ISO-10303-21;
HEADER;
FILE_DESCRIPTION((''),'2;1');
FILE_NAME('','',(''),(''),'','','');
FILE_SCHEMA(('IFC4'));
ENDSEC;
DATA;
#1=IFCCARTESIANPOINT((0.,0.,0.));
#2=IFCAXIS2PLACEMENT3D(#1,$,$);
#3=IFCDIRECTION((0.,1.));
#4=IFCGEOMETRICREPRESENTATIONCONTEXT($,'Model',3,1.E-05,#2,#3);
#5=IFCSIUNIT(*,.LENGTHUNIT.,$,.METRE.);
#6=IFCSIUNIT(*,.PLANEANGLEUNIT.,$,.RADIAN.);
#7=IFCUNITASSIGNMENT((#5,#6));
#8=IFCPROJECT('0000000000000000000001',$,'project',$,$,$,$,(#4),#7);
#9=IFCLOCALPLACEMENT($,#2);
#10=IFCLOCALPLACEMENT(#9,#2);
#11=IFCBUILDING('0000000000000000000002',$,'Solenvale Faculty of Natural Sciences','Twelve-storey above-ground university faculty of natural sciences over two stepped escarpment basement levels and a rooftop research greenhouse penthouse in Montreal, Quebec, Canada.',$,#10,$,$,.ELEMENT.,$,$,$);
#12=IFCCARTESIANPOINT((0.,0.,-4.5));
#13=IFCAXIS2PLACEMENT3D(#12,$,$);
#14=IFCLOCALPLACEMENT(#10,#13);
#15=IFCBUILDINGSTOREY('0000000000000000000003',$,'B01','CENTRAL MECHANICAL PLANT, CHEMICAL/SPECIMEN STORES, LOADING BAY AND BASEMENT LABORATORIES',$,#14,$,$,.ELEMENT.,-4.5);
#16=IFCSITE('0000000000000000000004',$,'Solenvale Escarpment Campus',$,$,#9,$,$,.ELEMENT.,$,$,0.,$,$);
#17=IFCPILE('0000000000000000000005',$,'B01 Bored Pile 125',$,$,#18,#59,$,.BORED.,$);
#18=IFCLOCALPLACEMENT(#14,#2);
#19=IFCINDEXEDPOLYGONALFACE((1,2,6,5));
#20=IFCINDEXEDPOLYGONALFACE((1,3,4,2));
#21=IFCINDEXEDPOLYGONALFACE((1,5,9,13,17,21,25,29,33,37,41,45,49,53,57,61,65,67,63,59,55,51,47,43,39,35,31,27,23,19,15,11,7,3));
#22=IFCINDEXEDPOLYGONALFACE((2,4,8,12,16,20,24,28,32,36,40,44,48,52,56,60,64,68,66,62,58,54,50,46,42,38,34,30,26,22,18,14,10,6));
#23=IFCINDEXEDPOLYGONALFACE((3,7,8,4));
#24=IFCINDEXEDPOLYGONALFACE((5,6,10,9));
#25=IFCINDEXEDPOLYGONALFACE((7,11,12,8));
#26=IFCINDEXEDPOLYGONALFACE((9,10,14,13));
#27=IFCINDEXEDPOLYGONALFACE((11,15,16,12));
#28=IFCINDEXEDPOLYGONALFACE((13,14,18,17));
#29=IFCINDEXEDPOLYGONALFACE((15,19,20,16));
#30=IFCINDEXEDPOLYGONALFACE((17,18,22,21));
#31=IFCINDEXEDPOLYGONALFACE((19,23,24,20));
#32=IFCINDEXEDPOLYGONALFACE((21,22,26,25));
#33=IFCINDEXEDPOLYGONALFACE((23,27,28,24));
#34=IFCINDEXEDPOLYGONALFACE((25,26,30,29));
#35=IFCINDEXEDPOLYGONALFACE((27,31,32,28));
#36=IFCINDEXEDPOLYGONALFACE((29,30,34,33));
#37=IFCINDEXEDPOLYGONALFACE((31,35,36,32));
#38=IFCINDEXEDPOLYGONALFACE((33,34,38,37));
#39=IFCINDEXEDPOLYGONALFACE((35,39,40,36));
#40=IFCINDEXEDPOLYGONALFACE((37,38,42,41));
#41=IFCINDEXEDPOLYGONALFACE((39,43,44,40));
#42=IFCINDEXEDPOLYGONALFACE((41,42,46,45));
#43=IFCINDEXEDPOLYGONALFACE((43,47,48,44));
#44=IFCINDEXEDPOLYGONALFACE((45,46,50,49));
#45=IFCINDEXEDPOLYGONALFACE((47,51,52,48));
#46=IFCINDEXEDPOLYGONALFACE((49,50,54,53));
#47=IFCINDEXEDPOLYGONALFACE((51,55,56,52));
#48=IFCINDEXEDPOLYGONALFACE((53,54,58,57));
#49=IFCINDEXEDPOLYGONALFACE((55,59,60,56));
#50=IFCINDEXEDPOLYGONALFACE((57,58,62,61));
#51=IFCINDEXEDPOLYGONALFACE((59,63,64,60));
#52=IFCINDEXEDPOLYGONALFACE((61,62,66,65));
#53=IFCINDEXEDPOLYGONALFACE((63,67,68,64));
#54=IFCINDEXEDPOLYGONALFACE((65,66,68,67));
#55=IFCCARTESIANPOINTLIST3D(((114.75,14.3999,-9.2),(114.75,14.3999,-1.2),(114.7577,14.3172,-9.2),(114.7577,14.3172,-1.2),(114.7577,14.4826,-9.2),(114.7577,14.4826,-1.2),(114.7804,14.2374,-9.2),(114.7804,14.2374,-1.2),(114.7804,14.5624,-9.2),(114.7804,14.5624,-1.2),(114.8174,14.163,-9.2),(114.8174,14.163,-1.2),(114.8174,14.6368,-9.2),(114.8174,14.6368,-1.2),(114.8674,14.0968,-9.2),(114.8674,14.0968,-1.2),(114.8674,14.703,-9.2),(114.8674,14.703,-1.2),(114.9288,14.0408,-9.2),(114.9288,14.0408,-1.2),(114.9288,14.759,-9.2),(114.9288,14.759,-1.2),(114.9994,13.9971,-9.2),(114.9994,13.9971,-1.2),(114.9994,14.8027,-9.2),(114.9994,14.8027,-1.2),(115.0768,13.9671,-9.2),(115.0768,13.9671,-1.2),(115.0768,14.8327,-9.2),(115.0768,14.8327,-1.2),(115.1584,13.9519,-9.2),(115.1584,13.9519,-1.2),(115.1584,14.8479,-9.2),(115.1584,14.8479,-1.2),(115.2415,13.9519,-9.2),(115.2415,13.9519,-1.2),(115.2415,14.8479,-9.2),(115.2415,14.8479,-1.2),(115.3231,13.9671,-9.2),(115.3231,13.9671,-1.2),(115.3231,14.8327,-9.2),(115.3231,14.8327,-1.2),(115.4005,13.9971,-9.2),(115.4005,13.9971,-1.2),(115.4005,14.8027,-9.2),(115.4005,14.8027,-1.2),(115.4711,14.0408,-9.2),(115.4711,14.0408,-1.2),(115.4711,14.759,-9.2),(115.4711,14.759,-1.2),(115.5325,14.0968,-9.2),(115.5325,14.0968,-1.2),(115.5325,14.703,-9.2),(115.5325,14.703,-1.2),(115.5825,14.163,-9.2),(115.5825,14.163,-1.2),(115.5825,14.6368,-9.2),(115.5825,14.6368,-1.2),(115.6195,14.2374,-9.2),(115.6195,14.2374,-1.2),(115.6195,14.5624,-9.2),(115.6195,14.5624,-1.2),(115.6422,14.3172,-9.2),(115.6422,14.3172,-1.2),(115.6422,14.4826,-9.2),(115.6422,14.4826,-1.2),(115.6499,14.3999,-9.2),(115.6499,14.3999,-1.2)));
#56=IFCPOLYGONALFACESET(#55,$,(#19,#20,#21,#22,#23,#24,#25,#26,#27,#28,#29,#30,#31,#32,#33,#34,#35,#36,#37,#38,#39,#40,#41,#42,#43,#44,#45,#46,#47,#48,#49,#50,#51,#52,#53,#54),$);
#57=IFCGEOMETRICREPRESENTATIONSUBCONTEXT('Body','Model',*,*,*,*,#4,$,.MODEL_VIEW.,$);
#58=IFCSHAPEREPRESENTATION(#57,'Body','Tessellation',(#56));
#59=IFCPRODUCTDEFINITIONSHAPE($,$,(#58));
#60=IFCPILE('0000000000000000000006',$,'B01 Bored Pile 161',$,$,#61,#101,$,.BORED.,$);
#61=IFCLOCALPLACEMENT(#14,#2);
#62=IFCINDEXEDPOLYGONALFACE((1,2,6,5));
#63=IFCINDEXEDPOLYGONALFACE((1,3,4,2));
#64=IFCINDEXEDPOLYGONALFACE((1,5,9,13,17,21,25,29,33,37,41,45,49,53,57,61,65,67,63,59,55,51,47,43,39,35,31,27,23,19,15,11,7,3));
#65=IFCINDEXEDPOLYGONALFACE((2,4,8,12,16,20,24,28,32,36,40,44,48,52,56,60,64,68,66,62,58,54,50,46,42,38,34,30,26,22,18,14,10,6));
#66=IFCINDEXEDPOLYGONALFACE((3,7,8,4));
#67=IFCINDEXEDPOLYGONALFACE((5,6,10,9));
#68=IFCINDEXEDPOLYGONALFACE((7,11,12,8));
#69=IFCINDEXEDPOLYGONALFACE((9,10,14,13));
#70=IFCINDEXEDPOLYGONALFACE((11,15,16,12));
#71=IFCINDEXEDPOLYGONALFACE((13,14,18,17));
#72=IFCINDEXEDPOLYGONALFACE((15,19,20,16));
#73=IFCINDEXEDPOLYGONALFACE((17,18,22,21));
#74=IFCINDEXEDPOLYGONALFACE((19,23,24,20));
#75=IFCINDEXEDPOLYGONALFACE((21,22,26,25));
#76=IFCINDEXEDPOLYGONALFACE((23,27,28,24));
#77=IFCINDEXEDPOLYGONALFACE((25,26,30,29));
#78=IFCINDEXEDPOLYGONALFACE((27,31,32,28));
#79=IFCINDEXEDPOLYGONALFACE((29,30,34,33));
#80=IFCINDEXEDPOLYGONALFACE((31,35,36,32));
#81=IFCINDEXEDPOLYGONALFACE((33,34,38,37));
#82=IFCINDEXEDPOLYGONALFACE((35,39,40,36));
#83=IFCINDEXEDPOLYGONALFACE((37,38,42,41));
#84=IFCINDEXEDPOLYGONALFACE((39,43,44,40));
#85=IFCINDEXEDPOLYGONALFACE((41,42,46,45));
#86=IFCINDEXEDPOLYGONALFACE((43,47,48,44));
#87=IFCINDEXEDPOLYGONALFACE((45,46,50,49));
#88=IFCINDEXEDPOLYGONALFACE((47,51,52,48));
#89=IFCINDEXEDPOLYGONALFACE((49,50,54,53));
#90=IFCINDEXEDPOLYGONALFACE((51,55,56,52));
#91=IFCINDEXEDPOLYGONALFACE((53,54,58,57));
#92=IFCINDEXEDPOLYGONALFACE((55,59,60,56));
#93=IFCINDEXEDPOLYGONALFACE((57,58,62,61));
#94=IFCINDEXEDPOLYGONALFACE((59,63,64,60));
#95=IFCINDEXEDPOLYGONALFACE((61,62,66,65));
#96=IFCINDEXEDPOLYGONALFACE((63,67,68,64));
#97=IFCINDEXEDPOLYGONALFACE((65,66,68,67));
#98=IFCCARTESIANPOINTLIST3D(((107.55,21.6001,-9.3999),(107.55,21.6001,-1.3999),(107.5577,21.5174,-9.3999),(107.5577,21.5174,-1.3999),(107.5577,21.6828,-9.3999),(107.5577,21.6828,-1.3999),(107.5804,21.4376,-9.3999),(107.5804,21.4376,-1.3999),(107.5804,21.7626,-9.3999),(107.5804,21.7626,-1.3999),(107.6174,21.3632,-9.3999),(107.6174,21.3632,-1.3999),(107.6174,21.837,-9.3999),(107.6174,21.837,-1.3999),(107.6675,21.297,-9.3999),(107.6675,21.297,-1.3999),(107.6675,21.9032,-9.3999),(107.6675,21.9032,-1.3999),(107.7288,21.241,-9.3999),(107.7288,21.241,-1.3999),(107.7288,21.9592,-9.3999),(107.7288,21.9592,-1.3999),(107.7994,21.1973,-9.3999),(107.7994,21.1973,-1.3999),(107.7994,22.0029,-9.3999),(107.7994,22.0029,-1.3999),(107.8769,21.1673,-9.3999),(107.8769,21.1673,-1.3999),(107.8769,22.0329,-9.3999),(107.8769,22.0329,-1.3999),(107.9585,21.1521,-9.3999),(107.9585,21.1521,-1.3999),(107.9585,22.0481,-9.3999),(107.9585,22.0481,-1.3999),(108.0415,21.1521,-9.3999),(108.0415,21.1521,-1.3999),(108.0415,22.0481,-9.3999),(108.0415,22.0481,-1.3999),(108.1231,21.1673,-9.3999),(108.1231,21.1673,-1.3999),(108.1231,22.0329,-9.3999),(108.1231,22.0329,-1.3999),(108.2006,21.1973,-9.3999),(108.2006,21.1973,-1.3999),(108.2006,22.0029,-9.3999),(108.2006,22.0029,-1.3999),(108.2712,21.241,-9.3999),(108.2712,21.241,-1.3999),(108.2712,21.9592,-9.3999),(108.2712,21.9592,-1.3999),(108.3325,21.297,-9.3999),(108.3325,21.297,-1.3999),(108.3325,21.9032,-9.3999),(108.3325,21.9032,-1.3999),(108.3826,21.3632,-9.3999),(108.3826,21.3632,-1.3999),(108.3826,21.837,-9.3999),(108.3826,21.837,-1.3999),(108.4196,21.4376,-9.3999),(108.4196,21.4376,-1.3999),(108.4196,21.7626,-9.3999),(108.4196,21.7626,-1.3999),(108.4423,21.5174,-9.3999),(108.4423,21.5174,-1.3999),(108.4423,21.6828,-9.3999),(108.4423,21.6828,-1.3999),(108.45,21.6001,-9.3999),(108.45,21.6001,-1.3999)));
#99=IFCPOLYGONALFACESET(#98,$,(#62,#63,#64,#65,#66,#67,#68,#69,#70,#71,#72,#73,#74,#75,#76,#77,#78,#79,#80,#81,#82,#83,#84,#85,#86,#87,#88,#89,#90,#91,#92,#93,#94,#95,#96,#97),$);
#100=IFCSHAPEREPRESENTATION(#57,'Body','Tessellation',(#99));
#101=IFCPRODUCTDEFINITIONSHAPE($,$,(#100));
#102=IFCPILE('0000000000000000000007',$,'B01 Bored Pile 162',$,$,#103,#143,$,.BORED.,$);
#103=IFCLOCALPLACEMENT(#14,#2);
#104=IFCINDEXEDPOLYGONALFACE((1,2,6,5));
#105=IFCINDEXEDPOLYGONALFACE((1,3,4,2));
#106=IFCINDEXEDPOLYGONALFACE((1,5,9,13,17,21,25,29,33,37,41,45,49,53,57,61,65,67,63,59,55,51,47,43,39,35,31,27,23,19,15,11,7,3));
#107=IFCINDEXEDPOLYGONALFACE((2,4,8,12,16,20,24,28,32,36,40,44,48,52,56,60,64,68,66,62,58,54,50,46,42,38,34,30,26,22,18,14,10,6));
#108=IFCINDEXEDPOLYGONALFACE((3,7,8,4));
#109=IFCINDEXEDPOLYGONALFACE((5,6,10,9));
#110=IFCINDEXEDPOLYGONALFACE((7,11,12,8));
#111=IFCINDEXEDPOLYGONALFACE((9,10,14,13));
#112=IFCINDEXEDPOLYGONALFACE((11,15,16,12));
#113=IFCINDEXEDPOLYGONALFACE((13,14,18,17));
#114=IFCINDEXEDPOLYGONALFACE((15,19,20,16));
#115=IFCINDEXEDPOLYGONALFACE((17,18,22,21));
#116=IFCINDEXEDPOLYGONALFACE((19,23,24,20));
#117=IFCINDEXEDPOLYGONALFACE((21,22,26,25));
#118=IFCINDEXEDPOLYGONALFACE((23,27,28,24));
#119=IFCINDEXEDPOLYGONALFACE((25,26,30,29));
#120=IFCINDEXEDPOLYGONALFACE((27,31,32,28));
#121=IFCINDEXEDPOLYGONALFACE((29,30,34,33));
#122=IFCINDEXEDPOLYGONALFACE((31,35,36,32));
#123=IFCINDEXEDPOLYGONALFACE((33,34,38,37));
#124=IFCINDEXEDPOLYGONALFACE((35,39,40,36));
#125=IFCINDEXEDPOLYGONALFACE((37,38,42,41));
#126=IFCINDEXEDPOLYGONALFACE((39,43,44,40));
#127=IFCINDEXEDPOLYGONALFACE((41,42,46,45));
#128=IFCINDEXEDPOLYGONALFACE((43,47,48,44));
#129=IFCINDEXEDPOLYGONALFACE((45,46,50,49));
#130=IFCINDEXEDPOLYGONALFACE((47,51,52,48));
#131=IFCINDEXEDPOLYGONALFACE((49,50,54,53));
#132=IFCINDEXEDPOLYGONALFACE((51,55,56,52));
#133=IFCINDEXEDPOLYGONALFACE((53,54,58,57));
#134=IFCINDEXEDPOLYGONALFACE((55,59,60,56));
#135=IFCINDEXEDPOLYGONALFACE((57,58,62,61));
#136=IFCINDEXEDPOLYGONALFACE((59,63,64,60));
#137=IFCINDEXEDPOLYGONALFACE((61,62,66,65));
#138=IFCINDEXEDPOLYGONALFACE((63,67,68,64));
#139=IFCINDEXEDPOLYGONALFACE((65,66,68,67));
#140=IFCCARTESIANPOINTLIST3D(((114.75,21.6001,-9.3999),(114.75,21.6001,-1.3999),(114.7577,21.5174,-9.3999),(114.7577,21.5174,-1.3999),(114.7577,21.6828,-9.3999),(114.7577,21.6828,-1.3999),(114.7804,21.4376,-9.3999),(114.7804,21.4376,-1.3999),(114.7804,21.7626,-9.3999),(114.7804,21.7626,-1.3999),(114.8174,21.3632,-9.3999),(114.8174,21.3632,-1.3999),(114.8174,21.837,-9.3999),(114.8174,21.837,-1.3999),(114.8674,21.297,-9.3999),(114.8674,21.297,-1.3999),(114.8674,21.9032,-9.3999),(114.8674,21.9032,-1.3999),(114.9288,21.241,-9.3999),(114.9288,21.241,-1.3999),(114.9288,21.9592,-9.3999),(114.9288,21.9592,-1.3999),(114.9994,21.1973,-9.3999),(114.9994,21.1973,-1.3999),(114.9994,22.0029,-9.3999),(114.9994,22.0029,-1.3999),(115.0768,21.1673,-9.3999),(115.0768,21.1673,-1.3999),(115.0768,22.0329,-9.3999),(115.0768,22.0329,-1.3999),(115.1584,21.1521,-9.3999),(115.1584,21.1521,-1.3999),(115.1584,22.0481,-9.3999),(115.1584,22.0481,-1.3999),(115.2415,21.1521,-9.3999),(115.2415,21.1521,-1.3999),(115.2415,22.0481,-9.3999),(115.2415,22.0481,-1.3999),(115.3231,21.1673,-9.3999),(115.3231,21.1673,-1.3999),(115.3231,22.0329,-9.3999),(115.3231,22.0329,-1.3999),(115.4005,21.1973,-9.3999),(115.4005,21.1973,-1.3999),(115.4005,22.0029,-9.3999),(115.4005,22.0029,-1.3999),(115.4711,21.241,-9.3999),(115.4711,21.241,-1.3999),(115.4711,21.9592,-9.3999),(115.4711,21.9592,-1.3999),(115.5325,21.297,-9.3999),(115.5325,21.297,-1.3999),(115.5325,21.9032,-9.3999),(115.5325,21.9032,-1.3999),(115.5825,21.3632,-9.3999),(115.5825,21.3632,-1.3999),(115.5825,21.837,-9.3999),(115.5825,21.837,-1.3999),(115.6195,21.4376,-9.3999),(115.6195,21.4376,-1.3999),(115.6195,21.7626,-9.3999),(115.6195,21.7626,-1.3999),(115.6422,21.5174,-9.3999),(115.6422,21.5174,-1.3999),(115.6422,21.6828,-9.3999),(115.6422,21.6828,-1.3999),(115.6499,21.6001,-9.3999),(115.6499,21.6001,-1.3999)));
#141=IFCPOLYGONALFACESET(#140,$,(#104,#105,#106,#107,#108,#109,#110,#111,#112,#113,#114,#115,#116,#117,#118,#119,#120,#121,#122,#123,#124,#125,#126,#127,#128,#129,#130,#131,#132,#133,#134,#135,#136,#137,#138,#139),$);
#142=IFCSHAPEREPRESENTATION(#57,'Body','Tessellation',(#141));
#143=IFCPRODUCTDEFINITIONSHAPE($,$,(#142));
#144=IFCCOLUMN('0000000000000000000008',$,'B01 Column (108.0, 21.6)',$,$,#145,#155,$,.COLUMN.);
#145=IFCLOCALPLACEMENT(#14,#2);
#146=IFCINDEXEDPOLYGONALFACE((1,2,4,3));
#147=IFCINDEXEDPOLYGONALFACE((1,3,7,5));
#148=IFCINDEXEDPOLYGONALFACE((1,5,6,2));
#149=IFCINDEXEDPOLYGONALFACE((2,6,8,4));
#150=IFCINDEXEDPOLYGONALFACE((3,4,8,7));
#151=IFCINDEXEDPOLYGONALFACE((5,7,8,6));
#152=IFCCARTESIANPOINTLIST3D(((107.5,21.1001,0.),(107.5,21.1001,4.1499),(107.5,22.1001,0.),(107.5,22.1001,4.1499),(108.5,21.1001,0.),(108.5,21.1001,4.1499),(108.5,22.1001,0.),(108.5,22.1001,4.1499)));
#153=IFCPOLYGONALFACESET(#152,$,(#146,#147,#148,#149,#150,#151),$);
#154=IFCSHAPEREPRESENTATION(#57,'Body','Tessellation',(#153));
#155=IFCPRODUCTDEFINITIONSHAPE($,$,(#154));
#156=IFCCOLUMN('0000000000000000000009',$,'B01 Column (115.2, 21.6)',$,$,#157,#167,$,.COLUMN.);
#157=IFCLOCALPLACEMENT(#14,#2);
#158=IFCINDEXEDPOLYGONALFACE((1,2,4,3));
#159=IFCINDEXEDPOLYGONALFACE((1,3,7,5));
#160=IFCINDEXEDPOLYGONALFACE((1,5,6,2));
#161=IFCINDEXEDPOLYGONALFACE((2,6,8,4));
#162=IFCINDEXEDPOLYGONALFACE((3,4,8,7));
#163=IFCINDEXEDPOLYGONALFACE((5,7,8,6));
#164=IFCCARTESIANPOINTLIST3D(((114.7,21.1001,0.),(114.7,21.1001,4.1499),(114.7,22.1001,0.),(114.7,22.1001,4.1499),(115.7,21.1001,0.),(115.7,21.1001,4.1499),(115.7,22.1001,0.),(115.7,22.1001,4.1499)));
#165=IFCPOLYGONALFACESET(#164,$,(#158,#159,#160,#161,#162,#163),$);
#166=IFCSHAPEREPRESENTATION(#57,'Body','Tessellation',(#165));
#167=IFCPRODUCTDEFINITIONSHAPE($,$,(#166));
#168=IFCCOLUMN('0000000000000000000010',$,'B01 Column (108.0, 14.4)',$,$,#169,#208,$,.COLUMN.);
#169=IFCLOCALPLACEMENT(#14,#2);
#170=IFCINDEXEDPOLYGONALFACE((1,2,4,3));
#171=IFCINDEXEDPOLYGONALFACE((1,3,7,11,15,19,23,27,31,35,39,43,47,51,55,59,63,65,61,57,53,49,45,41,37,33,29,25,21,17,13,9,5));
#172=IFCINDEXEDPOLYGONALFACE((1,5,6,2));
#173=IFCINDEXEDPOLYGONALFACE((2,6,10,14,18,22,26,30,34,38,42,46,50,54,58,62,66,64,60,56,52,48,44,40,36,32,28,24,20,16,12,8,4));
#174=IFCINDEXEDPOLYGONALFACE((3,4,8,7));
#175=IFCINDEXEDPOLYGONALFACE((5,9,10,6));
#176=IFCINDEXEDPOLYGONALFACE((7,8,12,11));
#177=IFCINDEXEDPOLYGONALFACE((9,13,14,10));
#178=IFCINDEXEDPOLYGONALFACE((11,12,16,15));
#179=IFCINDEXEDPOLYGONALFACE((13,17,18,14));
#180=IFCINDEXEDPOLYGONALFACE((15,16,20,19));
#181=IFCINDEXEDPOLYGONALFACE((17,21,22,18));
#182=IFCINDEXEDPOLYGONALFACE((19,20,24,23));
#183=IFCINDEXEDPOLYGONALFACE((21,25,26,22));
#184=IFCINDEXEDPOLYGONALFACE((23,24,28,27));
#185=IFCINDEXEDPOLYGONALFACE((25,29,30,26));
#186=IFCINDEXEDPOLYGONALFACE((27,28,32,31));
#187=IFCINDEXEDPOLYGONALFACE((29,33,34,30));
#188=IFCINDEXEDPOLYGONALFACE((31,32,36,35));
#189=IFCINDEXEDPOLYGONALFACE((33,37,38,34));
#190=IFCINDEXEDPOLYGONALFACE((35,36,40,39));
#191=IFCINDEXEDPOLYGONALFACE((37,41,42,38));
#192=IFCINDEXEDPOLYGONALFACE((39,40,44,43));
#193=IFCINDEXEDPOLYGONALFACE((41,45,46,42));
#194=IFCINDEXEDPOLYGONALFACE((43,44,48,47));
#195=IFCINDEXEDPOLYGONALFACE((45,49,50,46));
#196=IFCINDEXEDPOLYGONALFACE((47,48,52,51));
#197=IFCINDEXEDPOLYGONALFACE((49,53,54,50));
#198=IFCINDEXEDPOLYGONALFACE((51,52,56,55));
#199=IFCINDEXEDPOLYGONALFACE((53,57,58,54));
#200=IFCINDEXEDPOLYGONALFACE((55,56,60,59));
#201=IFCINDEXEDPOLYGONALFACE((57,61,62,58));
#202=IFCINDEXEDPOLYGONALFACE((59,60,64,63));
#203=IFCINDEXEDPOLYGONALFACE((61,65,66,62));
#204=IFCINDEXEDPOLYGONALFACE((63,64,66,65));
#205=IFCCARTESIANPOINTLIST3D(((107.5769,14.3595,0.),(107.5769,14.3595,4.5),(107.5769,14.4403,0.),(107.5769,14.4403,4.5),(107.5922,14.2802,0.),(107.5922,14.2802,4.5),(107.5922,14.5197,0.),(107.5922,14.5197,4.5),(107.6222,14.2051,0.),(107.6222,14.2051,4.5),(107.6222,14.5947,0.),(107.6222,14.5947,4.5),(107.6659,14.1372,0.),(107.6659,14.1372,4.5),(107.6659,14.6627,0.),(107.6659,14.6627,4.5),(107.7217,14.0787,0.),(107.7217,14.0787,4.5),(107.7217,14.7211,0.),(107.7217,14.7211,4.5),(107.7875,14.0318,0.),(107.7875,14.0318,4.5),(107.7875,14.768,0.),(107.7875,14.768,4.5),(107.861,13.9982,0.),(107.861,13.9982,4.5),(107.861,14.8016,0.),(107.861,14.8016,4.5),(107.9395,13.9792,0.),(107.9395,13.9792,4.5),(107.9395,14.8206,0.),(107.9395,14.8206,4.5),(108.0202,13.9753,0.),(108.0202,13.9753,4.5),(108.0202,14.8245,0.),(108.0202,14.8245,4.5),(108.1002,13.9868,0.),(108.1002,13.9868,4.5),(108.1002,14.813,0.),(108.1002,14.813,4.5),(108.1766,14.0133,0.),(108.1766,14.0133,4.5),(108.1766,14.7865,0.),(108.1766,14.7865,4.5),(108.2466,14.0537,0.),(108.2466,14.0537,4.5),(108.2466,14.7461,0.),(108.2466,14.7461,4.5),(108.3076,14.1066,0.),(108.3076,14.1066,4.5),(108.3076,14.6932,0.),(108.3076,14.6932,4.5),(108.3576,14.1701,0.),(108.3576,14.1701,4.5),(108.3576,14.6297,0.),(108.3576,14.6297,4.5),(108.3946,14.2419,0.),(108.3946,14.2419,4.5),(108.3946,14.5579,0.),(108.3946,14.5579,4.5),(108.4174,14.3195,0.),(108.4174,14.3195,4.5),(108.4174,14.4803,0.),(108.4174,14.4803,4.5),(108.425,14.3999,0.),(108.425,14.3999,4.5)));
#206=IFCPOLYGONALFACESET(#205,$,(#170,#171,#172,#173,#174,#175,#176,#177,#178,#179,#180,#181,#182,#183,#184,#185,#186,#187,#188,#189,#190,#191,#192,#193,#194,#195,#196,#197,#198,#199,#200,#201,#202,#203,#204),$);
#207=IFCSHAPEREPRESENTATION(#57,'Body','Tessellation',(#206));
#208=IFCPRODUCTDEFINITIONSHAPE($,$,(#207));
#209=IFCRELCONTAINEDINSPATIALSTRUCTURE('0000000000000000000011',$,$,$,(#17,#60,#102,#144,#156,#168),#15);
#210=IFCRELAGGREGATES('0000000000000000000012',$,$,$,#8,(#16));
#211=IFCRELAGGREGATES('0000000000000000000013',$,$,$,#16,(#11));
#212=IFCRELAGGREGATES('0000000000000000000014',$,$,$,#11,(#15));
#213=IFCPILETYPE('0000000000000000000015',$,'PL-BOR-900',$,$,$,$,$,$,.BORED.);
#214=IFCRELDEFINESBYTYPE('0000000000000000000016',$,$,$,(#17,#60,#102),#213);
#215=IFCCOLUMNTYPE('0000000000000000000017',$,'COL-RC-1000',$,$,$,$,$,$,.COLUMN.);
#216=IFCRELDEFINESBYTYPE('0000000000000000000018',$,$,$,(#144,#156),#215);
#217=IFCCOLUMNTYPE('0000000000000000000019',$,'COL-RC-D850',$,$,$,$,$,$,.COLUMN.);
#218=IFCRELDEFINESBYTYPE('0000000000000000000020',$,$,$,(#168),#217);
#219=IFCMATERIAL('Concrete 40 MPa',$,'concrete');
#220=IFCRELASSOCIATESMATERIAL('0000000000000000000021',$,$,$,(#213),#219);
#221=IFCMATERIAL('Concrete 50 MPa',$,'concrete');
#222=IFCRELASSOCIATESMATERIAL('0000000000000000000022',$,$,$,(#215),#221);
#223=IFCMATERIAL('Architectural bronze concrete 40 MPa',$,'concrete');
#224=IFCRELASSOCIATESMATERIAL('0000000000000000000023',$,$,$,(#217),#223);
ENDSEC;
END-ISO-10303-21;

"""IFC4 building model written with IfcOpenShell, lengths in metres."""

from ifc_helpers import new_model, si_unit, direction, frame, origin, origin_2d, place, context, subcontext, project, spatial, rectangle, circle, extrude, material, material_profile, profile_set, type_object, element, save


model = new_model("IFC4")

# Units and contexts
model_context = context("Model", 3, precision=1e-05, world=origin(), true_north=direction((0.0, 1.0)))
body_context = subcontext(model_context, "Body", "Model", "MODEL_VIEW")
ifc_project = project(units=[si_unit("LENGTHUNIT", "METRE"), si_unit("PLANEANGLEUNIT", "RADIAN")], contexts=[model_context])

# Site, building, storey
site_placement = place(None, origin())
site = spatial("IfcSite", under=ifc_project, at=site_placement, Name="Solenvale Escarpment Campus", CompositionType="ELEMENT", RefElevation=0.0)
building_placement = place(site_placement, origin())
building = spatial("IfcBuilding", under=site, at=building_placement, Name="Solenvale Faculty of Natural Sciences", Description="Twelve-storey above-ground university faculty of natural sciences over two stepped escarpment basement levels and a rooftop research greenhouse penthouse in Montreal, Quebec, Canada.", CompositionType="ELEMENT")
storey_placement = place(building_placement, frame((0.0, 0.0, -4.5)))
storey = spatial("IfcBuildingStorey", under=building, at=storey_placement, Name="B01", Description="CENTRAL MECHANICAL PLANT, CHEMICAL/SPECIMEN STORES, LOADING BAY AND BASEMENT LABORATORIES", CompositionType="ELEMENT", Elevation=-4.5)

# Shared definitions
ifc_material_1 = material(Name="Concrete 40 MPa", Category="concrete")

# Piles
ifc_material_profile_1 = material_profile(ifc_material_1, circle(Radius=0.45, at=origin_2d()), Name="PILE-D900")
ifc_profile_set_1 = profile_set([ifc_material_profile_1], Name="Concrete 40 MPa")
pile_type_1 = type_object("IfcPileType", Name="PL-BOR-900", PredefinedType="BORED", material=ifc_profile_set_1)
for number, where, z_axis, x_axis, name in (
    (1, (115.2, 14.3999, -1.2), (0.0, 0.0, -1.0), (1.0, 0.0, 0.0), "B01 Bored Pile 125"),
    (2, (108.0, 21.6001, -1.3999), (0.0, 0.0, -1.0), (1.0, 0.0, 0.0), "B01 Bored Pile 161"),
    (3, (115.2, 21.6001, -1.3999), (0.0, 0.0, -1.0), (1.0, 0.0, 0.0), "B01 Bored Pile 162"),
):
    element("IfcPile", number, at=place(storey_placement, frame(where, z_axis=z_axis, x_axis=x_axis)), inside=storey, type_object=pile_type_1, Name=name, PredefinedType="BORED", context=body_context, shape_type="SweptSolid", body=[
        extrude(circle(Radius=0.45, at=origin_2d()), origin(), (0.0, 0.0, 1.0), 8.0),
    ])

# Columns
ifc_material_2 = material(Name="Concrete 50 MPa", Category="concrete")
ifc_material_profile_2 = material_profile(ifc_material_2, rectangle(XDim=1.0, YDim=1.0, at=origin_2d()), Name="RC-COL-1000x1000")
ifc_profile_set_2 = profile_set([ifc_material_profile_2], Name="Concrete 50 MPa")
column_type_1 = type_object("IfcColumnType", Name="COL-RC-1000", PredefinedType="COLUMN", material=ifc_profile_set_2)
for number, where, z_axis, x_axis, name in (
    (4, (108.0, 21.6001, 0.0), (0.0, 0.0, 1.0), (1.0, 0.0, 0.0), "B01 Column (108.0, 21.6)"),
    (5, (115.2, 21.6001, 0.0), (0.0, 0.0, 1.0), (1.0, 0.0, 0.0), "B01 Column (115.2, 21.6)"),
):
    element("IfcColumn", number, at=place(storey_placement, frame(where, z_axis=z_axis, x_axis=x_axis)), inside=storey, type_object=column_type_1, Name=name, PredefinedType="COLUMN", context=body_context, shape_type="SweptSolid", body=[
        extrude(rectangle(XDim=1.0, YDim=1.0, at=origin_2d()), origin(), (0.0, 0.0, 1.0), 4.1499),
    ])
ifc_material_3 = material(Name="Architectural bronze concrete 40 MPa", Category="concrete")
ifc_material_profile_3 = material_profile(ifc_material_3, circle(Radius=0.425, at=origin_2d()), Name="RC-COL-D850")
ifc_profile_set_3 = profile_set([ifc_material_profile_3], Name="Architectural bronze concrete 40 MPa")
column_type_2 = type_object("IfcColumnType", Name="COL-RC-D850", PredefinedType="COLUMN", material=ifc_profile_set_3)
for number, where, z_axis, x_axis, name in (
    (6, (108.0, 14.3999, 0.0), (0.0, 0.0, 1.0), (1.0, 0.0, 0.0), "B01 Column (108.0, 14.4)"),
):
    element("IfcColumn", number, at=place(storey_placement, frame(where, z_axis=z_axis, x_axis=x_axis)), inside=storey, type_object=column_type_2, Name=name, PredefinedType="COLUMN", context=body_context, shape_type="SweptSolid", body=[
        extrude(circle(Radius=0.425, at=origin_2d()), origin(), (0.0, 0.0, 1.0), 4.5),
    ])

save(model, "model.ifc")
